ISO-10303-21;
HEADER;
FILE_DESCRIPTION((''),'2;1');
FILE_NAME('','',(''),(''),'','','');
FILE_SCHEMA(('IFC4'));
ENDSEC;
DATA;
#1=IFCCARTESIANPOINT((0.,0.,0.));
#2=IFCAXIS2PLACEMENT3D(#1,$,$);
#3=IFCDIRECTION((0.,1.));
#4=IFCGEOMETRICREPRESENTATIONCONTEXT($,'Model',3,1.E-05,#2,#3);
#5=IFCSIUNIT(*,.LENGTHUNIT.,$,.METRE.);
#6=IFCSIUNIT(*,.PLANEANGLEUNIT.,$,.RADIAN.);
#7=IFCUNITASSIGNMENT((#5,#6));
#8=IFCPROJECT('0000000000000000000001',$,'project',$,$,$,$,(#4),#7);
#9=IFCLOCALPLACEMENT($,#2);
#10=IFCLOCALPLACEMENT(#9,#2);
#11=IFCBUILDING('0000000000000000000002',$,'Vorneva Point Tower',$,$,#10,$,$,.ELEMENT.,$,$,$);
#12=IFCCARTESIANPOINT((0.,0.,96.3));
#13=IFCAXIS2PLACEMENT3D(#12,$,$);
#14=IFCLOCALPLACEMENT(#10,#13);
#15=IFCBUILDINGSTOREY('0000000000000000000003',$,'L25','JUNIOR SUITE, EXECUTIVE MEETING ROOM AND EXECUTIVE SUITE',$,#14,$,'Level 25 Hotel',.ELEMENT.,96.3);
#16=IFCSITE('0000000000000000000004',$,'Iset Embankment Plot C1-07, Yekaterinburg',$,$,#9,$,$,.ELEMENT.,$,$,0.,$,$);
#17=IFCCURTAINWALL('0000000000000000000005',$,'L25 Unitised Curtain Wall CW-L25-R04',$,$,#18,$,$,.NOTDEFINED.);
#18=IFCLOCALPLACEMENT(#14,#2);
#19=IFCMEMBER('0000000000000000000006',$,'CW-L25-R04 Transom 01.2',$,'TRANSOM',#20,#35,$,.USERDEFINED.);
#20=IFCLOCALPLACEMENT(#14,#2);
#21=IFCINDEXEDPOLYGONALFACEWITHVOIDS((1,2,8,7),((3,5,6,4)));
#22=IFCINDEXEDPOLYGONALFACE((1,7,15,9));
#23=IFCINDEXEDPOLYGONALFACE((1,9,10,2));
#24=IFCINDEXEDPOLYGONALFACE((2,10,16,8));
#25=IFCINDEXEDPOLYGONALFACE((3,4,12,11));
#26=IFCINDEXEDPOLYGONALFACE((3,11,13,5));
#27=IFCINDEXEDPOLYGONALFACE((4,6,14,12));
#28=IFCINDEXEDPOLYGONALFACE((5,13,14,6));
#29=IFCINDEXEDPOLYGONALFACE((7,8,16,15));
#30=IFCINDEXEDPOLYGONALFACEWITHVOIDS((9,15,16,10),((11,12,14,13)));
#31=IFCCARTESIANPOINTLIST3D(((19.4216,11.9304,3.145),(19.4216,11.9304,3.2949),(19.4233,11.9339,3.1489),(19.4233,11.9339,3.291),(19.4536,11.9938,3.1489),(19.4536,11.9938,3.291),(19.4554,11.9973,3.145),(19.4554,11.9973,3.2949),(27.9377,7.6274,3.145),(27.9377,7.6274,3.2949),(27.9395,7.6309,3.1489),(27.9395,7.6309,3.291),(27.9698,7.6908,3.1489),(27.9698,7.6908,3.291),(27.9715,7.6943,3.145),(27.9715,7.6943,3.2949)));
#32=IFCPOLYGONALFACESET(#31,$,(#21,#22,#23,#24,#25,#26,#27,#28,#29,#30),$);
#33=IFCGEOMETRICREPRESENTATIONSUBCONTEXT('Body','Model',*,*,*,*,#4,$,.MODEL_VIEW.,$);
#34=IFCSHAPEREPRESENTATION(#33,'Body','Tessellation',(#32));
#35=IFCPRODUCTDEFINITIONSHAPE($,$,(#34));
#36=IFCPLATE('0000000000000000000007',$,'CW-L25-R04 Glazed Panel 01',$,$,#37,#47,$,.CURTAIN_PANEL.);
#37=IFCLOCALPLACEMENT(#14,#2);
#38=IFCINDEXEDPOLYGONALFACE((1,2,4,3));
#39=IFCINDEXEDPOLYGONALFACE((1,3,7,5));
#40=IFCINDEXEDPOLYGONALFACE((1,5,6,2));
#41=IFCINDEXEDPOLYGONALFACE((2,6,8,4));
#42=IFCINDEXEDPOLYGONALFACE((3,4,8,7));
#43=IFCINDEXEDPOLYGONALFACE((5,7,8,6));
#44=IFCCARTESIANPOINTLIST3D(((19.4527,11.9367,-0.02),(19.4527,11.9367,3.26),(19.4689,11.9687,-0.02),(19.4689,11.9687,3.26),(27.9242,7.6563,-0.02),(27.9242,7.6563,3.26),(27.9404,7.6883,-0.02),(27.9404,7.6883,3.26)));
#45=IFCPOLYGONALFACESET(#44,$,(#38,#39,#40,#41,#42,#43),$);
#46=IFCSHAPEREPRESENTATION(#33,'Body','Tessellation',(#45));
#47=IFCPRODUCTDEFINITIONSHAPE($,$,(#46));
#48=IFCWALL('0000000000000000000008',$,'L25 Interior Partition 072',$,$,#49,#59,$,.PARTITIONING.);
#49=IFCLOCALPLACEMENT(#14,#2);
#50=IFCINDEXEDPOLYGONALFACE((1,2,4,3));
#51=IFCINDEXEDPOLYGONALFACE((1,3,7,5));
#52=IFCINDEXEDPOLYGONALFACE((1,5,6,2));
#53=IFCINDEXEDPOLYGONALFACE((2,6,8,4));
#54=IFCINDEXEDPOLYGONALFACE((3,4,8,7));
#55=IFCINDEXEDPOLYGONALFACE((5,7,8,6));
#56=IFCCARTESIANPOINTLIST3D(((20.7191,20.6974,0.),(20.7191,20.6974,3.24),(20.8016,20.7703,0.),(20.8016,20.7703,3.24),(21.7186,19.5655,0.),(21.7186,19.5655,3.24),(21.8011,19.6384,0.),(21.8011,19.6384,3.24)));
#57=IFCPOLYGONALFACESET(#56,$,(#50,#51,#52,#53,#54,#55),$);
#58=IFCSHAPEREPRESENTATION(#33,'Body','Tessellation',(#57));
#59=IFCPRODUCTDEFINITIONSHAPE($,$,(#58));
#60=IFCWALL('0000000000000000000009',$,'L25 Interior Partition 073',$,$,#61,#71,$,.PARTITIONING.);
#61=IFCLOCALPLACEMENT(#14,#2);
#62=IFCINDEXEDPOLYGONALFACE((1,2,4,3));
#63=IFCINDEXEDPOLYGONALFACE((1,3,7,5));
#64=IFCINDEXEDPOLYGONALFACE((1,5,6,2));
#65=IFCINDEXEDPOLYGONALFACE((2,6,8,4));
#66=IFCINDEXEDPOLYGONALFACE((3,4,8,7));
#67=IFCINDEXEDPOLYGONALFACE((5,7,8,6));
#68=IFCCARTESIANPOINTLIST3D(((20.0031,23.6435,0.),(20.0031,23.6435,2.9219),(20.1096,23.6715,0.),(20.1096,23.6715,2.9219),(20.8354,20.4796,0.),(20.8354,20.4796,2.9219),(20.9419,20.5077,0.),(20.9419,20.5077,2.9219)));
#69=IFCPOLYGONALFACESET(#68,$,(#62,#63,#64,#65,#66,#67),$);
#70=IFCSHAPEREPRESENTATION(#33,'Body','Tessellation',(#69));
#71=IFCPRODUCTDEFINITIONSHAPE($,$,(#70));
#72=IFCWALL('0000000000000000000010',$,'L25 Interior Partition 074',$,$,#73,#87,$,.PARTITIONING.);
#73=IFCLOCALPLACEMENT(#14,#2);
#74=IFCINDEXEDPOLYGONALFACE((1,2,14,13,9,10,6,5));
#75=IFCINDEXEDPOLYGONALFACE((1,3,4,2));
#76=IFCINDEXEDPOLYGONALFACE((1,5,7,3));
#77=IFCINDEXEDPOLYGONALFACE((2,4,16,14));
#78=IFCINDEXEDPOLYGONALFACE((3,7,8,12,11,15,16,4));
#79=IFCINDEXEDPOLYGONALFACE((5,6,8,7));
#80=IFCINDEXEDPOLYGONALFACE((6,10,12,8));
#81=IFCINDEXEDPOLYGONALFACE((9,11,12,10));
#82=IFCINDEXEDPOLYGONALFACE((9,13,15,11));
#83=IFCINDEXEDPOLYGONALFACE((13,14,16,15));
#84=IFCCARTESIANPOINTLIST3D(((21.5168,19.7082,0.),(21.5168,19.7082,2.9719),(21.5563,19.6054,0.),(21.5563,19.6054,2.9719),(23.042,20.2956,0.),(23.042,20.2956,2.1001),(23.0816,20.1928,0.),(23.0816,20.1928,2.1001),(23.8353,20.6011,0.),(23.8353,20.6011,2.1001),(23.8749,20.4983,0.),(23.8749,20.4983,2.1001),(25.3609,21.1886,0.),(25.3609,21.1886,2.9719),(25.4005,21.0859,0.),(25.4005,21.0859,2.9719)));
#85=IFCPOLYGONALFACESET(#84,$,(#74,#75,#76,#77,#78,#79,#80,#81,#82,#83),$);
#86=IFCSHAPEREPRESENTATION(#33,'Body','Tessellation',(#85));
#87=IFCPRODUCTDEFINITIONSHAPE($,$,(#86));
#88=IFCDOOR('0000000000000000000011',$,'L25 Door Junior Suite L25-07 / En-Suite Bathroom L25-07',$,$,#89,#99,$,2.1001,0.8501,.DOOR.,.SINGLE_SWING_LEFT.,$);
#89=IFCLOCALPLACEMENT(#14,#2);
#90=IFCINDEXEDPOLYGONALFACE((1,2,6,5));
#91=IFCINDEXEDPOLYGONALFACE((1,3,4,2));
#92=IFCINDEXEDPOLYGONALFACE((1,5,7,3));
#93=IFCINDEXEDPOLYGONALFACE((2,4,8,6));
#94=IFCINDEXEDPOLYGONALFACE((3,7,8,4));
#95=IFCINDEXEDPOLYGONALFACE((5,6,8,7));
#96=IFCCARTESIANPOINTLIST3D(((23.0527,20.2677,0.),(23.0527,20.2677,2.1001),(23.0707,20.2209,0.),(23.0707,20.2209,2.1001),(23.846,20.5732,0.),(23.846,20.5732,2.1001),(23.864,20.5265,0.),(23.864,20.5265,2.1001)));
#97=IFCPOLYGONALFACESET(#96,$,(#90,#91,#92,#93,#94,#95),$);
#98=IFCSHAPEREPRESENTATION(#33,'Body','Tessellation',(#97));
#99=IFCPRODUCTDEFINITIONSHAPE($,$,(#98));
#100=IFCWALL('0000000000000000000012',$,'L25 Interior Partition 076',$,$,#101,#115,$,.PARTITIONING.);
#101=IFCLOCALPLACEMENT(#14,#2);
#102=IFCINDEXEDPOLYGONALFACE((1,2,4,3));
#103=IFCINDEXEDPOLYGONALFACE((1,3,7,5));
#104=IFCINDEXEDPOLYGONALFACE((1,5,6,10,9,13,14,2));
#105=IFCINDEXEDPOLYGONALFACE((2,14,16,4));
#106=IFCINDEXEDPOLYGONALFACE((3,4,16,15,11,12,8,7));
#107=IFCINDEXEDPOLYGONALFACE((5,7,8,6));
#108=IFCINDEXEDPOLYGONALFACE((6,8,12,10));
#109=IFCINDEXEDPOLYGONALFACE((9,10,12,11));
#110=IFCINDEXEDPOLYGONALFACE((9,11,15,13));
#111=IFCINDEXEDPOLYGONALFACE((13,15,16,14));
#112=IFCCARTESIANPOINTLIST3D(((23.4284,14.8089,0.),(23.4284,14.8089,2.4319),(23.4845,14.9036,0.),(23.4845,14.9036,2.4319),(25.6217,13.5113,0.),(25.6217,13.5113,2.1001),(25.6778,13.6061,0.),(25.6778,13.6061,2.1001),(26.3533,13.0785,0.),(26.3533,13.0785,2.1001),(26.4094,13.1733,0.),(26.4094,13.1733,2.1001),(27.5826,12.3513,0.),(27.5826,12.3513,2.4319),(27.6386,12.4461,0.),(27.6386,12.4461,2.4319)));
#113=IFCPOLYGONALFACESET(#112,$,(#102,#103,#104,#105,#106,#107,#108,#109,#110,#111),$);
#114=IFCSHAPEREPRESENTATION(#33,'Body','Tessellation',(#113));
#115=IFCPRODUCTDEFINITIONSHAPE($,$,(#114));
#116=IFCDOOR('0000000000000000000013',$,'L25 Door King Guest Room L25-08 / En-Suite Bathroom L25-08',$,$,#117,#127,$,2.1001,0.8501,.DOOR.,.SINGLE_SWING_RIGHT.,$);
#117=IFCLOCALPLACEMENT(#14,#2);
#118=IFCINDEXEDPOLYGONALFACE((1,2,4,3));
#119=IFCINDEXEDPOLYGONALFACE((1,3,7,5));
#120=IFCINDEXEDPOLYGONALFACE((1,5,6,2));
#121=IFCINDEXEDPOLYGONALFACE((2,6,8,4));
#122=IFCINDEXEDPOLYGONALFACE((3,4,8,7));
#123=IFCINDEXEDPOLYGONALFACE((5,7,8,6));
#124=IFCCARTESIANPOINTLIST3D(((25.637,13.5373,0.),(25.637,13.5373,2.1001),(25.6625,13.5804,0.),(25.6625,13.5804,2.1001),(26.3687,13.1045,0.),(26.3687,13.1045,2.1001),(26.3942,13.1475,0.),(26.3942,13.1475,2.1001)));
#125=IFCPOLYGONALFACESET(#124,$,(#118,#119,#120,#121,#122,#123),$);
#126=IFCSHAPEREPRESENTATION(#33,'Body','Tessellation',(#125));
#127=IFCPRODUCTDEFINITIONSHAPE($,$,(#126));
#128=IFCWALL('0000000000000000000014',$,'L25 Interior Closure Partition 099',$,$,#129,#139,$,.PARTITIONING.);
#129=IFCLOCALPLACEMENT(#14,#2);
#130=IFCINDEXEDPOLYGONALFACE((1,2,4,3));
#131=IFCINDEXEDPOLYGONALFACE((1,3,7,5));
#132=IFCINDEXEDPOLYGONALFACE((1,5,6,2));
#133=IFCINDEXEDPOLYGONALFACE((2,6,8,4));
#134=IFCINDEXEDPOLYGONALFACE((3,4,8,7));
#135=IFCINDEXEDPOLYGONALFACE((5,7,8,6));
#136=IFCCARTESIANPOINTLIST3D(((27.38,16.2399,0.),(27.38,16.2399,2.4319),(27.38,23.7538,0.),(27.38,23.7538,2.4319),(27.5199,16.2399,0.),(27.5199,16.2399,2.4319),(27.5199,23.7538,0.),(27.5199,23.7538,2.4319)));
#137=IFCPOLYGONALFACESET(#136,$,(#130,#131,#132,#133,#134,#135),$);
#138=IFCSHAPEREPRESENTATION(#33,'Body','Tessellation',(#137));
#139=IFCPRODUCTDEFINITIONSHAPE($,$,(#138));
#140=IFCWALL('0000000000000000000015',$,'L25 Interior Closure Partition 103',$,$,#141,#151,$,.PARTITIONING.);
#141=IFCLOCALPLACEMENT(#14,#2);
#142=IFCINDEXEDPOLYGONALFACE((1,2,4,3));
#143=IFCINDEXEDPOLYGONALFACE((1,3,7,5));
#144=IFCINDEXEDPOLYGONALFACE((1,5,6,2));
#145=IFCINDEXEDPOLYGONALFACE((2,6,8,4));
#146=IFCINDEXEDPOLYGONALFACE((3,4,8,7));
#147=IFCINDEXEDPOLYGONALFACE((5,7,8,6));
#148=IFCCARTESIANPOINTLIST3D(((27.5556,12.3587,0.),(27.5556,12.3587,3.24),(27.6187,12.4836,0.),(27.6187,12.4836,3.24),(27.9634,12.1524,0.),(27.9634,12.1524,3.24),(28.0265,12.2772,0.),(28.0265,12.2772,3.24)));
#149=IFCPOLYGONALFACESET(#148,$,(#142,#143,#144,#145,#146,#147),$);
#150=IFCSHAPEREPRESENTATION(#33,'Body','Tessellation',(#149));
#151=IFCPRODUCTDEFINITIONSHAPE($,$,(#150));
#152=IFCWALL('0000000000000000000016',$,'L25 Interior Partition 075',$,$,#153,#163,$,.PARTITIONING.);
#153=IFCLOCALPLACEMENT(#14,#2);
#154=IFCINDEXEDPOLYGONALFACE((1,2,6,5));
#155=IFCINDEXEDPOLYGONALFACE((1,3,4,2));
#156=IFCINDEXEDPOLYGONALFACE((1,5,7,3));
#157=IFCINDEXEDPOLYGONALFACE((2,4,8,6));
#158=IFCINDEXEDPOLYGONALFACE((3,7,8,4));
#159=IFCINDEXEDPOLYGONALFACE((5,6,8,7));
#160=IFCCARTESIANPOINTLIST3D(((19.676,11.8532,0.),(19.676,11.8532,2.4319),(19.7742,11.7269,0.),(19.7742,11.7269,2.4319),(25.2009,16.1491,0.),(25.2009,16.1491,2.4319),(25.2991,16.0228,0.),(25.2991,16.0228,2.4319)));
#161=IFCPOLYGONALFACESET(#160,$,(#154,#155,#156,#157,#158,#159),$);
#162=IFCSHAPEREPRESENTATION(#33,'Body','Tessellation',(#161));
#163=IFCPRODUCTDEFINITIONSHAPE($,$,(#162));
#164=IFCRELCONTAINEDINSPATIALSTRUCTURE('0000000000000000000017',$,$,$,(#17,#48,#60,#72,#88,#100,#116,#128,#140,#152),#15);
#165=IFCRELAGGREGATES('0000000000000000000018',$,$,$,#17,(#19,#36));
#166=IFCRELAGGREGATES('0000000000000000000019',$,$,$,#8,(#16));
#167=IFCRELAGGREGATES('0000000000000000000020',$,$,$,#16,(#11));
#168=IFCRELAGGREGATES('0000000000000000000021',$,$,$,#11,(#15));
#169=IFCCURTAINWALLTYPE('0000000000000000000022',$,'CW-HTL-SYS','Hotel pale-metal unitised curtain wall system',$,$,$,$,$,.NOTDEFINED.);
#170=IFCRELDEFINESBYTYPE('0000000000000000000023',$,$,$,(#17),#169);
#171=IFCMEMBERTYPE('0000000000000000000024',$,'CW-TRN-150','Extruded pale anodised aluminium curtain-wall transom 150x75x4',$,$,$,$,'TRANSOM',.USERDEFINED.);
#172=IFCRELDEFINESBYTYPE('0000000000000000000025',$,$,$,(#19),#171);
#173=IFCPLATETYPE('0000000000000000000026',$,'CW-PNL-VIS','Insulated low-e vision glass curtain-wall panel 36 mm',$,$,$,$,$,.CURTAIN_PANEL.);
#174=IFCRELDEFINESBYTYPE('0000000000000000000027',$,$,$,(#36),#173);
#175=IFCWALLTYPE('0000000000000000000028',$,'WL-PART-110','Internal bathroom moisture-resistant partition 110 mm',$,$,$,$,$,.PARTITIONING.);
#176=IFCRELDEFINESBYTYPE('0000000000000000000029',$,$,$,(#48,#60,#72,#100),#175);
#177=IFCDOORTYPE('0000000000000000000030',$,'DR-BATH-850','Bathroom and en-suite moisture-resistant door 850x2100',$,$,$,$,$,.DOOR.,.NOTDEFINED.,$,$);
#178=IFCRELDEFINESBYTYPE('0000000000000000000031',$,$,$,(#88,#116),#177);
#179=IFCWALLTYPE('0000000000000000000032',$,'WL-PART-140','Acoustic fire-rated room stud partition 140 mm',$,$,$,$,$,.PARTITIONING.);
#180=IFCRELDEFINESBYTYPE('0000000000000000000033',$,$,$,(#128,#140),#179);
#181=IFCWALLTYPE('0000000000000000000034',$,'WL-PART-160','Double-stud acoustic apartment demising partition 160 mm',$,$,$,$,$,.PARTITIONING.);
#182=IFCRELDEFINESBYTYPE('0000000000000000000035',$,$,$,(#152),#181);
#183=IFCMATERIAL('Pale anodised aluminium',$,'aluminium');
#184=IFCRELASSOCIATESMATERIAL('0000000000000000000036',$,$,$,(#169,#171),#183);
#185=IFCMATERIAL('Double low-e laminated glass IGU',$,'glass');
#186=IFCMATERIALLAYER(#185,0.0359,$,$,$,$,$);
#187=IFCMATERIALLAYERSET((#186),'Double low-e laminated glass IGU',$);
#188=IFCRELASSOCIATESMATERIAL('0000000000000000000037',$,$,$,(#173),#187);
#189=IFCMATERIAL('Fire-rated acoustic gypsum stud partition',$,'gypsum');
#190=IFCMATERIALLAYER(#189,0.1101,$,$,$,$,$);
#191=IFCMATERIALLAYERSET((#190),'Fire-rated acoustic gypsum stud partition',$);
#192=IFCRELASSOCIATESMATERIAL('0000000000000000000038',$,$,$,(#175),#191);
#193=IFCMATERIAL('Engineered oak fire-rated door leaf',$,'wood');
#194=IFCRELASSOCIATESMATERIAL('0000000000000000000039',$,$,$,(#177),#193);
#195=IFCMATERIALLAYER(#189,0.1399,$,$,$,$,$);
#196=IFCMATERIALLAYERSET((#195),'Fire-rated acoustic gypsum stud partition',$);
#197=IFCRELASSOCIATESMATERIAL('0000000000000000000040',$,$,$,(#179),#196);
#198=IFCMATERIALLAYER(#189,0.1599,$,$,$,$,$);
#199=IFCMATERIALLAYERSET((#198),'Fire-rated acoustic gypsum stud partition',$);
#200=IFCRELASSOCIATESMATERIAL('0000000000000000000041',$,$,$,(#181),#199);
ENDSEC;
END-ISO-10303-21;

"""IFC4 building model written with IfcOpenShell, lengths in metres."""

from ifc_helpers import new_model, si_unit, direction, frame, frame_2d, origin, origin_2d, place, context, subcontext, project, spatial, rectangle, hollow_rectangle, extrude, material, layer, layer_set, material_profile, profile_set, type_object, element, fill, aggregate, save


model = new_model("IFC4")

# Units and contexts
model_context = context("Model", 3, precision=1e-05, world=origin(), true_north=direction((0.0, 1.0)))
body_context = subcontext(model_context, "Body", "Model", "MODEL_VIEW")
ifc_project = project(units=[si_unit("LENGTHUNIT", "METRE"), si_unit("PLANEANGLEUNIT", "RADIAN")], contexts=[model_context])

# Site, building, storey
site_placement = place(None, origin())
site = spatial("IfcSite", under=ifc_project, at=site_placement, Name="Iset Embankment Plot C1-07, Yekaterinburg", CompositionType="ELEMENT", RefElevation=0.0)
building_placement = place(site_placement, origin())
building = spatial("IfcBuilding", under=site, at=building_placement, Name="Vorneva Point Tower", CompositionType="ELEMENT")
storey_placement = place(building_placement, frame((0.0, 0.0, 96.3)))
storey = spatial("IfcBuildingStorey", under=building, at=storey_placement, Name="L25", Description="JUNIOR SUITE, EXECUTIVE MEETING ROOM AND EXECUTIVE SUITE", LongName="Level 25 Hotel", CompositionType="ELEMENT", Elevation=96.3)

# Curtain wall, member, plate
ifc_material_1 = material(Name="Pale anodised aluminium", Category="aluminium")
curtain_wall_type = type_object("IfcCurtainWallType", Name="CW-HTL-SYS", Description="Hotel pale-metal unitised curtain wall system", PredefinedType="NOTDEFINED", material=ifc_material_1)
curtain_wall_placement = place(storey_placement, origin())
curtain_wall = element("IfcCurtainWall", 1, at=curtain_wall_placement, inside=storey, type_object=curtain_wall_type, Name="L25 Unitised Curtain Wall CW-L25-R04", PredefinedType="NOTDEFINED")
ifc_material_profile_1 = material_profile(ifc_material_1, hollow_rectangle(XDim=0.075, YDim=0.1499, WallThickness=0.0039, at=origin_2d()), Name="AL-TRN 150x75x4")
ifc_profile_set_1 = profile_set([ifc_material_profile_1], Name="Pale anodised aluminium")
member_type = type_object("IfcMemberType", Name="CW-TRN-150", Description="Extruded pale anodised aluminium curtain-wall transom 150x75x4", ElementType="TRANSOM", PredefinedType="USERDEFINED", material=ifc_profile_set_1)
member_placement = place(storey_placement, frame((19.4385, 11.9639, 3.22), z_axis=(0.892536, -0.450976, 0.0), x_axis=(0.450976, 0.892536, 0.0)))
member = element("IfcMember", 2, at=member_placement, type_object=member_type, Name="CW-L25-R04 Transom 01.2", ObjectType="TRANSOM", PredefinedType="USERDEFINED", context=body_context, shape_type="SweptSolid", body=[
    extrude(hollow_rectangle(XDim=0.075, YDim=0.1499, WallThickness=0.0039, at=origin_2d()), origin(), (0.0, 0.0, 1.0), 9.5415),
])
ifc_material_2 = material(Name="Double low-e laminated glass IGU", Category="glass")
ifc_layer_1 = layer(ifc_material_2, 0.0359)
ifc_layer_set_1 = layer_set([ifc_layer_1], Name="Double low-e laminated glass IGU")
plate_type = type_object("IfcPlateType", Name="CW-PNL-VIS", Description="Insulated low-e vision glass curtain-wall panel 36 mm", PredefinedType="CURTAIN_PANEL", material=ifc_layer_set_1)
plate_placement = place(storey_placement, frame((23.6965, 9.8125, -0.02), z_axis=(0.0, 0.0, 1.0), x_axis=(0.892539, -0.450971, 0.0)))
plate = element("IfcPlate", 3, at=plate_placement, type_object=plate_type, Name="CW-L25-R04 Glazed Panel 01", PredefinedType="CURTAIN_PANEL", context=body_context, shape_type="SweptSolid", body=[
    extrude(rectangle(XDim=9.4915, YDim=0.0359, at=origin_2d()), origin(), (0.0, 0.0, 1.0), 3.28),
])
aggregate(curtain_wall, [member, plate])

# Walls
ifc_material_3 = material(Name="Fire-rated acoustic gypsum stud partition", Category="gypsum")
ifc_layer_2 = layer(ifc_material_3, 0.1101)
ifc_layer_set_2 = layer_set([ifc_layer_2], Name="Fire-rated acoustic gypsum stud partition")
wall_type_1 = type_object("IfcWallType", Name="WL-PART-110", Description="Internal bathroom moisture-resistant partition 110 mm", PredefinedType="PARTITIONING", material=ifc_layer_set_2)
wall_1_placement = place(storey_placement, frame((21.7598, 19.6021, 0.0), z_axis=(0.0, 0.0, 1.0), x_axis=(-0.661932, 0.749564, 0.0)))
element("IfcWall", 4, at=wall_1_placement, inside=storey, type_object=wall_type_1, Name="L25 Interior Partition 072", PredefinedType="PARTITIONING", context=body_context, shape_type="SweptSolid", body=[
    extrude(rectangle(XDim=1.51, YDim=0.1101, at=frame_2d((0.7549, 0.0))), origin(), (0.0, 0.0, 1.0), 3.24),
])
wall_2_placement = place(storey_placement, frame((20.8887, 20.4937, 0.0), z_axis=(0.0, 0.0, 1.0), x_axis=(-0.254405, 0.967098, 0.0)))
element("IfcWall", 5, at=wall_2_placement, inside=storey, type_object=wall_type_1, Name="L25 Interior Partition 073", PredefinedType="PARTITIONING", context=body_context, shape_type="SweptSolid", body=[
    extrude(rectangle(XDim=3.2715, YDim=0.1101, at=frame_2d((1.6357, 0.0))), origin(), (0.0, 0.0, 1.0), 2.9219),
])

# Walls, openings, doors
wall_3_placement = place(storey_placement, frame((25.3806, 21.1372, 0.0), z_axis=(0.0, 0.0, 1.0), x_axis=(-0.93319, -0.359384, 0.0)))
wall_3 = element("IfcWall", 6, at=wall_3_placement, inside=storey, type_object=wall_type_1, Name="L25 Interior Partition 074", PredefinedType="PARTITIONING", context=body_context, shape_type="SweptSolid", body=[
    extrude(rectangle(XDim=4.1194, YDim=0.1101, at=frame_2d((2.0596, 0.0))), origin(), (0.0, 0.0, 1.0), 2.9719),
])
opening_1_placement = place(wall_3_placement, frame((1.6348, 0.0, 0.0)))
opening_1 = element("IfcOpeningElement", 7, at=opening_1_placement, cuts=wall_3, PredefinedType="OPENING", context=body_context, shape_type="SweptSolid", body=[
    extrude(rectangle(XDim=0.8501, YDim=2.1001, at=frame_2d((0.425, 1.05))), frame((0.0, 0.0698, 0.0), z_axis=(0.0, -1.0, 0.0), x_axis=(1.0, 0.0, 0.0)), (0.0, 0.0, 1.0), 0.1399),
])
ifc_material_4 = material(Name="Engineered oak fire-rated door leaf", Category="wood")
door_type_1 = type_object("IfcDoorType", Name="DR-BATH-850", Description="Bathroom and en-suite moisture-resistant door 850x2100", OperationType="NOTDEFINED", PredefinedType="DOOR", material=ifc_material_4)
door_1_placement = place(opening_1_placement, origin())
door_1 = element("IfcDoor", 8, at=door_1_placement, inside=storey, type_object=door_type_1, Name="L25 Door Junior Suite L25-07 / En-Suite Bathroom L25-07", OperationType="SINGLE_SWING_LEFT", OverallHeight=2.1001, OverallWidth=0.8501, PredefinedType="DOOR", context=body_context, shape_type="SweptSolid", body=[
    extrude(rectangle(XDim=0.8501, YDim=2.1001, at=frame_2d((0.425, 1.05))), frame((0.0, 0.0249, 0.0), z_axis=(0.0, -1.0, 0.0), x_axis=(1.0, 0.0, 0.0)), (0.0, 0.0, 1.0), 0.05),
])
fill(opening_1, door_1)
wall_4_placement = place(storey_placement, frame((27.6106, 12.3987, 0.0), z_axis=(0.0, 0.0, 1.0), x_axis=(-0.860668, 0.509167, 0.0)))
wall_4 = element("IfcWall", 9, at=wall_4_placement, inside=storey, type_object=wall_type_1, Name="L25 Interior Partition 076", PredefinedType="PARTITIONING", context=body_context, shape_type="SweptSolid", body=[
    extrude(rectangle(XDim=4.8267, YDim=0.1101, at=frame_2d((2.4133, 0.0))), origin(), (0.0, 0.0, 1.0), 2.4319),
])
opening_2_placement = place(wall_4_placement, frame((1.4282, 0.0, 0.0)))
opening_2 = element("IfcOpeningElement", 10, at=opening_2_placement, cuts=wall_4, PredefinedType="OPENING", context=body_context, shape_type="SweptSolid", body=[
    extrude(rectangle(XDim=0.8501, YDim=2.1001, at=frame_2d((0.425, 1.05))), frame((0.0, 0.0698, 0.0), z_axis=(0.0, -1.0, 0.0), x_axis=(1.0, 0.0, 0.0)), (0.0, 0.0, 1.0), 0.1399),
])
door_2_placement = place(opening_2_placement, origin())
door_2 = element("IfcDoor", 11, at=door_2_placement, inside=storey, type_object=door_type_1, Name="L25 Door King Guest Room L25-08 / En-Suite Bathroom L25-08", OperationType="SINGLE_SWING_RIGHT", OverallHeight=2.1001, OverallWidth=0.8501, PredefinedType="DOOR", context=body_context, shape_type="SweptSolid", body=[
    extrude(rectangle(XDim=0.8501, YDim=2.1001, at=frame_2d((0.425, 1.05))), frame((0.0, 0.0249, 0.0), z_axis=(0.0, -1.0, 0.0), x_axis=(1.0, 0.0, 0.0)), (0.0, 0.0, 1.0), 0.05),
])
fill(opening_2, door_2)

# Walls
ifc_layer_3 = layer(ifc_material_3, 0.1399)
ifc_layer_set_3 = layer_set([ifc_layer_3], Name="Fire-rated acoustic gypsum stud partition")
wall_type_2 = type_object("IfcWallType", Name="WL-PART-140", Description="Acoustic fire-rated room stud partition 140 mm", PredefinedType="PARTITIONING", material=ifc_layer_set_3)
wall_5_placement = place(storey_placement, frame((27.45, 16.24, 0.0), z_axis=(0.0, 0.0, 1.0), x_axis=(0.0, 1.0, 0.0)))
element("IfcWall", 12, at=wall_5_placement, inside=storey, type_object=wall_type_2, Name="L25 Interior Closure Partition 099", PredefinedType="PARTITIONING", context=body_context, shape_type="SweptSolid", body=[
    extrude(rectangle(XDim=7.5139, YDim=0.1399, at=frame_2d((3.7568, 0.0))), origin(), (0.0, 0.0, 1.0), 2.4319),
])
wall_6_placement = place(storey_placement, frame((27.5872, 12.4211, 0.0), z_axis=(0.0, 0.0, 1.0), x_axis=(0.89228, -0.451483, 0.0)))
element("IfcWall", 13, at=wall_6_placement, inside=storey, type_object=wall_type_2, Name="L25 Interior Closure Partition 103", PredefinedType="PARTITIONING", context=body_context, shape_type="SweptSolid", body=[
    extrude(rectangle(XDim=0.457, YDim=0.1399, at=frame_2d((0.2285, 0.0))), origin(), (0.0, 0.0, 1.0), 3.24),
])
ifc_layer_4 = layer(ifc_material_3, 0.1599)
ifc_layer_set_4 = layer_set([ifc_layer_4], Name="Fire-rated acoustic gypsum stud partition")
wall_type_3 = type_object("IfcWallType", Name="WL-PART-160", Description="Double-stud acoustic apartment demising partition 160 mm", PredefinedType="PARTITIONING", material=ifc_layer_set_4)
wall_7_placement = place(storey_placement, frame((19.7251, 11.79, 0.0), z_axis=(0.0, 0.0, 1.0), x_axis=(0.789439, 0.61383, 0.0)))
element("IfcWall", 14, at=wall_7_placement, inside=storey, type_object=wall_type_3, Name="L25 Interior Partition 075", PredefinedType="PARTITIONING", context=body_context, shape_type="SweptSolid", body=[
    extrude(rectangle(XDim=6.9985, YDim=0.1599, at=frame_2d((3.4993, 0.0))), origin(), (0.0, 0.0, 1.0), 2.4319),
])

save(model, "model.ifc")
